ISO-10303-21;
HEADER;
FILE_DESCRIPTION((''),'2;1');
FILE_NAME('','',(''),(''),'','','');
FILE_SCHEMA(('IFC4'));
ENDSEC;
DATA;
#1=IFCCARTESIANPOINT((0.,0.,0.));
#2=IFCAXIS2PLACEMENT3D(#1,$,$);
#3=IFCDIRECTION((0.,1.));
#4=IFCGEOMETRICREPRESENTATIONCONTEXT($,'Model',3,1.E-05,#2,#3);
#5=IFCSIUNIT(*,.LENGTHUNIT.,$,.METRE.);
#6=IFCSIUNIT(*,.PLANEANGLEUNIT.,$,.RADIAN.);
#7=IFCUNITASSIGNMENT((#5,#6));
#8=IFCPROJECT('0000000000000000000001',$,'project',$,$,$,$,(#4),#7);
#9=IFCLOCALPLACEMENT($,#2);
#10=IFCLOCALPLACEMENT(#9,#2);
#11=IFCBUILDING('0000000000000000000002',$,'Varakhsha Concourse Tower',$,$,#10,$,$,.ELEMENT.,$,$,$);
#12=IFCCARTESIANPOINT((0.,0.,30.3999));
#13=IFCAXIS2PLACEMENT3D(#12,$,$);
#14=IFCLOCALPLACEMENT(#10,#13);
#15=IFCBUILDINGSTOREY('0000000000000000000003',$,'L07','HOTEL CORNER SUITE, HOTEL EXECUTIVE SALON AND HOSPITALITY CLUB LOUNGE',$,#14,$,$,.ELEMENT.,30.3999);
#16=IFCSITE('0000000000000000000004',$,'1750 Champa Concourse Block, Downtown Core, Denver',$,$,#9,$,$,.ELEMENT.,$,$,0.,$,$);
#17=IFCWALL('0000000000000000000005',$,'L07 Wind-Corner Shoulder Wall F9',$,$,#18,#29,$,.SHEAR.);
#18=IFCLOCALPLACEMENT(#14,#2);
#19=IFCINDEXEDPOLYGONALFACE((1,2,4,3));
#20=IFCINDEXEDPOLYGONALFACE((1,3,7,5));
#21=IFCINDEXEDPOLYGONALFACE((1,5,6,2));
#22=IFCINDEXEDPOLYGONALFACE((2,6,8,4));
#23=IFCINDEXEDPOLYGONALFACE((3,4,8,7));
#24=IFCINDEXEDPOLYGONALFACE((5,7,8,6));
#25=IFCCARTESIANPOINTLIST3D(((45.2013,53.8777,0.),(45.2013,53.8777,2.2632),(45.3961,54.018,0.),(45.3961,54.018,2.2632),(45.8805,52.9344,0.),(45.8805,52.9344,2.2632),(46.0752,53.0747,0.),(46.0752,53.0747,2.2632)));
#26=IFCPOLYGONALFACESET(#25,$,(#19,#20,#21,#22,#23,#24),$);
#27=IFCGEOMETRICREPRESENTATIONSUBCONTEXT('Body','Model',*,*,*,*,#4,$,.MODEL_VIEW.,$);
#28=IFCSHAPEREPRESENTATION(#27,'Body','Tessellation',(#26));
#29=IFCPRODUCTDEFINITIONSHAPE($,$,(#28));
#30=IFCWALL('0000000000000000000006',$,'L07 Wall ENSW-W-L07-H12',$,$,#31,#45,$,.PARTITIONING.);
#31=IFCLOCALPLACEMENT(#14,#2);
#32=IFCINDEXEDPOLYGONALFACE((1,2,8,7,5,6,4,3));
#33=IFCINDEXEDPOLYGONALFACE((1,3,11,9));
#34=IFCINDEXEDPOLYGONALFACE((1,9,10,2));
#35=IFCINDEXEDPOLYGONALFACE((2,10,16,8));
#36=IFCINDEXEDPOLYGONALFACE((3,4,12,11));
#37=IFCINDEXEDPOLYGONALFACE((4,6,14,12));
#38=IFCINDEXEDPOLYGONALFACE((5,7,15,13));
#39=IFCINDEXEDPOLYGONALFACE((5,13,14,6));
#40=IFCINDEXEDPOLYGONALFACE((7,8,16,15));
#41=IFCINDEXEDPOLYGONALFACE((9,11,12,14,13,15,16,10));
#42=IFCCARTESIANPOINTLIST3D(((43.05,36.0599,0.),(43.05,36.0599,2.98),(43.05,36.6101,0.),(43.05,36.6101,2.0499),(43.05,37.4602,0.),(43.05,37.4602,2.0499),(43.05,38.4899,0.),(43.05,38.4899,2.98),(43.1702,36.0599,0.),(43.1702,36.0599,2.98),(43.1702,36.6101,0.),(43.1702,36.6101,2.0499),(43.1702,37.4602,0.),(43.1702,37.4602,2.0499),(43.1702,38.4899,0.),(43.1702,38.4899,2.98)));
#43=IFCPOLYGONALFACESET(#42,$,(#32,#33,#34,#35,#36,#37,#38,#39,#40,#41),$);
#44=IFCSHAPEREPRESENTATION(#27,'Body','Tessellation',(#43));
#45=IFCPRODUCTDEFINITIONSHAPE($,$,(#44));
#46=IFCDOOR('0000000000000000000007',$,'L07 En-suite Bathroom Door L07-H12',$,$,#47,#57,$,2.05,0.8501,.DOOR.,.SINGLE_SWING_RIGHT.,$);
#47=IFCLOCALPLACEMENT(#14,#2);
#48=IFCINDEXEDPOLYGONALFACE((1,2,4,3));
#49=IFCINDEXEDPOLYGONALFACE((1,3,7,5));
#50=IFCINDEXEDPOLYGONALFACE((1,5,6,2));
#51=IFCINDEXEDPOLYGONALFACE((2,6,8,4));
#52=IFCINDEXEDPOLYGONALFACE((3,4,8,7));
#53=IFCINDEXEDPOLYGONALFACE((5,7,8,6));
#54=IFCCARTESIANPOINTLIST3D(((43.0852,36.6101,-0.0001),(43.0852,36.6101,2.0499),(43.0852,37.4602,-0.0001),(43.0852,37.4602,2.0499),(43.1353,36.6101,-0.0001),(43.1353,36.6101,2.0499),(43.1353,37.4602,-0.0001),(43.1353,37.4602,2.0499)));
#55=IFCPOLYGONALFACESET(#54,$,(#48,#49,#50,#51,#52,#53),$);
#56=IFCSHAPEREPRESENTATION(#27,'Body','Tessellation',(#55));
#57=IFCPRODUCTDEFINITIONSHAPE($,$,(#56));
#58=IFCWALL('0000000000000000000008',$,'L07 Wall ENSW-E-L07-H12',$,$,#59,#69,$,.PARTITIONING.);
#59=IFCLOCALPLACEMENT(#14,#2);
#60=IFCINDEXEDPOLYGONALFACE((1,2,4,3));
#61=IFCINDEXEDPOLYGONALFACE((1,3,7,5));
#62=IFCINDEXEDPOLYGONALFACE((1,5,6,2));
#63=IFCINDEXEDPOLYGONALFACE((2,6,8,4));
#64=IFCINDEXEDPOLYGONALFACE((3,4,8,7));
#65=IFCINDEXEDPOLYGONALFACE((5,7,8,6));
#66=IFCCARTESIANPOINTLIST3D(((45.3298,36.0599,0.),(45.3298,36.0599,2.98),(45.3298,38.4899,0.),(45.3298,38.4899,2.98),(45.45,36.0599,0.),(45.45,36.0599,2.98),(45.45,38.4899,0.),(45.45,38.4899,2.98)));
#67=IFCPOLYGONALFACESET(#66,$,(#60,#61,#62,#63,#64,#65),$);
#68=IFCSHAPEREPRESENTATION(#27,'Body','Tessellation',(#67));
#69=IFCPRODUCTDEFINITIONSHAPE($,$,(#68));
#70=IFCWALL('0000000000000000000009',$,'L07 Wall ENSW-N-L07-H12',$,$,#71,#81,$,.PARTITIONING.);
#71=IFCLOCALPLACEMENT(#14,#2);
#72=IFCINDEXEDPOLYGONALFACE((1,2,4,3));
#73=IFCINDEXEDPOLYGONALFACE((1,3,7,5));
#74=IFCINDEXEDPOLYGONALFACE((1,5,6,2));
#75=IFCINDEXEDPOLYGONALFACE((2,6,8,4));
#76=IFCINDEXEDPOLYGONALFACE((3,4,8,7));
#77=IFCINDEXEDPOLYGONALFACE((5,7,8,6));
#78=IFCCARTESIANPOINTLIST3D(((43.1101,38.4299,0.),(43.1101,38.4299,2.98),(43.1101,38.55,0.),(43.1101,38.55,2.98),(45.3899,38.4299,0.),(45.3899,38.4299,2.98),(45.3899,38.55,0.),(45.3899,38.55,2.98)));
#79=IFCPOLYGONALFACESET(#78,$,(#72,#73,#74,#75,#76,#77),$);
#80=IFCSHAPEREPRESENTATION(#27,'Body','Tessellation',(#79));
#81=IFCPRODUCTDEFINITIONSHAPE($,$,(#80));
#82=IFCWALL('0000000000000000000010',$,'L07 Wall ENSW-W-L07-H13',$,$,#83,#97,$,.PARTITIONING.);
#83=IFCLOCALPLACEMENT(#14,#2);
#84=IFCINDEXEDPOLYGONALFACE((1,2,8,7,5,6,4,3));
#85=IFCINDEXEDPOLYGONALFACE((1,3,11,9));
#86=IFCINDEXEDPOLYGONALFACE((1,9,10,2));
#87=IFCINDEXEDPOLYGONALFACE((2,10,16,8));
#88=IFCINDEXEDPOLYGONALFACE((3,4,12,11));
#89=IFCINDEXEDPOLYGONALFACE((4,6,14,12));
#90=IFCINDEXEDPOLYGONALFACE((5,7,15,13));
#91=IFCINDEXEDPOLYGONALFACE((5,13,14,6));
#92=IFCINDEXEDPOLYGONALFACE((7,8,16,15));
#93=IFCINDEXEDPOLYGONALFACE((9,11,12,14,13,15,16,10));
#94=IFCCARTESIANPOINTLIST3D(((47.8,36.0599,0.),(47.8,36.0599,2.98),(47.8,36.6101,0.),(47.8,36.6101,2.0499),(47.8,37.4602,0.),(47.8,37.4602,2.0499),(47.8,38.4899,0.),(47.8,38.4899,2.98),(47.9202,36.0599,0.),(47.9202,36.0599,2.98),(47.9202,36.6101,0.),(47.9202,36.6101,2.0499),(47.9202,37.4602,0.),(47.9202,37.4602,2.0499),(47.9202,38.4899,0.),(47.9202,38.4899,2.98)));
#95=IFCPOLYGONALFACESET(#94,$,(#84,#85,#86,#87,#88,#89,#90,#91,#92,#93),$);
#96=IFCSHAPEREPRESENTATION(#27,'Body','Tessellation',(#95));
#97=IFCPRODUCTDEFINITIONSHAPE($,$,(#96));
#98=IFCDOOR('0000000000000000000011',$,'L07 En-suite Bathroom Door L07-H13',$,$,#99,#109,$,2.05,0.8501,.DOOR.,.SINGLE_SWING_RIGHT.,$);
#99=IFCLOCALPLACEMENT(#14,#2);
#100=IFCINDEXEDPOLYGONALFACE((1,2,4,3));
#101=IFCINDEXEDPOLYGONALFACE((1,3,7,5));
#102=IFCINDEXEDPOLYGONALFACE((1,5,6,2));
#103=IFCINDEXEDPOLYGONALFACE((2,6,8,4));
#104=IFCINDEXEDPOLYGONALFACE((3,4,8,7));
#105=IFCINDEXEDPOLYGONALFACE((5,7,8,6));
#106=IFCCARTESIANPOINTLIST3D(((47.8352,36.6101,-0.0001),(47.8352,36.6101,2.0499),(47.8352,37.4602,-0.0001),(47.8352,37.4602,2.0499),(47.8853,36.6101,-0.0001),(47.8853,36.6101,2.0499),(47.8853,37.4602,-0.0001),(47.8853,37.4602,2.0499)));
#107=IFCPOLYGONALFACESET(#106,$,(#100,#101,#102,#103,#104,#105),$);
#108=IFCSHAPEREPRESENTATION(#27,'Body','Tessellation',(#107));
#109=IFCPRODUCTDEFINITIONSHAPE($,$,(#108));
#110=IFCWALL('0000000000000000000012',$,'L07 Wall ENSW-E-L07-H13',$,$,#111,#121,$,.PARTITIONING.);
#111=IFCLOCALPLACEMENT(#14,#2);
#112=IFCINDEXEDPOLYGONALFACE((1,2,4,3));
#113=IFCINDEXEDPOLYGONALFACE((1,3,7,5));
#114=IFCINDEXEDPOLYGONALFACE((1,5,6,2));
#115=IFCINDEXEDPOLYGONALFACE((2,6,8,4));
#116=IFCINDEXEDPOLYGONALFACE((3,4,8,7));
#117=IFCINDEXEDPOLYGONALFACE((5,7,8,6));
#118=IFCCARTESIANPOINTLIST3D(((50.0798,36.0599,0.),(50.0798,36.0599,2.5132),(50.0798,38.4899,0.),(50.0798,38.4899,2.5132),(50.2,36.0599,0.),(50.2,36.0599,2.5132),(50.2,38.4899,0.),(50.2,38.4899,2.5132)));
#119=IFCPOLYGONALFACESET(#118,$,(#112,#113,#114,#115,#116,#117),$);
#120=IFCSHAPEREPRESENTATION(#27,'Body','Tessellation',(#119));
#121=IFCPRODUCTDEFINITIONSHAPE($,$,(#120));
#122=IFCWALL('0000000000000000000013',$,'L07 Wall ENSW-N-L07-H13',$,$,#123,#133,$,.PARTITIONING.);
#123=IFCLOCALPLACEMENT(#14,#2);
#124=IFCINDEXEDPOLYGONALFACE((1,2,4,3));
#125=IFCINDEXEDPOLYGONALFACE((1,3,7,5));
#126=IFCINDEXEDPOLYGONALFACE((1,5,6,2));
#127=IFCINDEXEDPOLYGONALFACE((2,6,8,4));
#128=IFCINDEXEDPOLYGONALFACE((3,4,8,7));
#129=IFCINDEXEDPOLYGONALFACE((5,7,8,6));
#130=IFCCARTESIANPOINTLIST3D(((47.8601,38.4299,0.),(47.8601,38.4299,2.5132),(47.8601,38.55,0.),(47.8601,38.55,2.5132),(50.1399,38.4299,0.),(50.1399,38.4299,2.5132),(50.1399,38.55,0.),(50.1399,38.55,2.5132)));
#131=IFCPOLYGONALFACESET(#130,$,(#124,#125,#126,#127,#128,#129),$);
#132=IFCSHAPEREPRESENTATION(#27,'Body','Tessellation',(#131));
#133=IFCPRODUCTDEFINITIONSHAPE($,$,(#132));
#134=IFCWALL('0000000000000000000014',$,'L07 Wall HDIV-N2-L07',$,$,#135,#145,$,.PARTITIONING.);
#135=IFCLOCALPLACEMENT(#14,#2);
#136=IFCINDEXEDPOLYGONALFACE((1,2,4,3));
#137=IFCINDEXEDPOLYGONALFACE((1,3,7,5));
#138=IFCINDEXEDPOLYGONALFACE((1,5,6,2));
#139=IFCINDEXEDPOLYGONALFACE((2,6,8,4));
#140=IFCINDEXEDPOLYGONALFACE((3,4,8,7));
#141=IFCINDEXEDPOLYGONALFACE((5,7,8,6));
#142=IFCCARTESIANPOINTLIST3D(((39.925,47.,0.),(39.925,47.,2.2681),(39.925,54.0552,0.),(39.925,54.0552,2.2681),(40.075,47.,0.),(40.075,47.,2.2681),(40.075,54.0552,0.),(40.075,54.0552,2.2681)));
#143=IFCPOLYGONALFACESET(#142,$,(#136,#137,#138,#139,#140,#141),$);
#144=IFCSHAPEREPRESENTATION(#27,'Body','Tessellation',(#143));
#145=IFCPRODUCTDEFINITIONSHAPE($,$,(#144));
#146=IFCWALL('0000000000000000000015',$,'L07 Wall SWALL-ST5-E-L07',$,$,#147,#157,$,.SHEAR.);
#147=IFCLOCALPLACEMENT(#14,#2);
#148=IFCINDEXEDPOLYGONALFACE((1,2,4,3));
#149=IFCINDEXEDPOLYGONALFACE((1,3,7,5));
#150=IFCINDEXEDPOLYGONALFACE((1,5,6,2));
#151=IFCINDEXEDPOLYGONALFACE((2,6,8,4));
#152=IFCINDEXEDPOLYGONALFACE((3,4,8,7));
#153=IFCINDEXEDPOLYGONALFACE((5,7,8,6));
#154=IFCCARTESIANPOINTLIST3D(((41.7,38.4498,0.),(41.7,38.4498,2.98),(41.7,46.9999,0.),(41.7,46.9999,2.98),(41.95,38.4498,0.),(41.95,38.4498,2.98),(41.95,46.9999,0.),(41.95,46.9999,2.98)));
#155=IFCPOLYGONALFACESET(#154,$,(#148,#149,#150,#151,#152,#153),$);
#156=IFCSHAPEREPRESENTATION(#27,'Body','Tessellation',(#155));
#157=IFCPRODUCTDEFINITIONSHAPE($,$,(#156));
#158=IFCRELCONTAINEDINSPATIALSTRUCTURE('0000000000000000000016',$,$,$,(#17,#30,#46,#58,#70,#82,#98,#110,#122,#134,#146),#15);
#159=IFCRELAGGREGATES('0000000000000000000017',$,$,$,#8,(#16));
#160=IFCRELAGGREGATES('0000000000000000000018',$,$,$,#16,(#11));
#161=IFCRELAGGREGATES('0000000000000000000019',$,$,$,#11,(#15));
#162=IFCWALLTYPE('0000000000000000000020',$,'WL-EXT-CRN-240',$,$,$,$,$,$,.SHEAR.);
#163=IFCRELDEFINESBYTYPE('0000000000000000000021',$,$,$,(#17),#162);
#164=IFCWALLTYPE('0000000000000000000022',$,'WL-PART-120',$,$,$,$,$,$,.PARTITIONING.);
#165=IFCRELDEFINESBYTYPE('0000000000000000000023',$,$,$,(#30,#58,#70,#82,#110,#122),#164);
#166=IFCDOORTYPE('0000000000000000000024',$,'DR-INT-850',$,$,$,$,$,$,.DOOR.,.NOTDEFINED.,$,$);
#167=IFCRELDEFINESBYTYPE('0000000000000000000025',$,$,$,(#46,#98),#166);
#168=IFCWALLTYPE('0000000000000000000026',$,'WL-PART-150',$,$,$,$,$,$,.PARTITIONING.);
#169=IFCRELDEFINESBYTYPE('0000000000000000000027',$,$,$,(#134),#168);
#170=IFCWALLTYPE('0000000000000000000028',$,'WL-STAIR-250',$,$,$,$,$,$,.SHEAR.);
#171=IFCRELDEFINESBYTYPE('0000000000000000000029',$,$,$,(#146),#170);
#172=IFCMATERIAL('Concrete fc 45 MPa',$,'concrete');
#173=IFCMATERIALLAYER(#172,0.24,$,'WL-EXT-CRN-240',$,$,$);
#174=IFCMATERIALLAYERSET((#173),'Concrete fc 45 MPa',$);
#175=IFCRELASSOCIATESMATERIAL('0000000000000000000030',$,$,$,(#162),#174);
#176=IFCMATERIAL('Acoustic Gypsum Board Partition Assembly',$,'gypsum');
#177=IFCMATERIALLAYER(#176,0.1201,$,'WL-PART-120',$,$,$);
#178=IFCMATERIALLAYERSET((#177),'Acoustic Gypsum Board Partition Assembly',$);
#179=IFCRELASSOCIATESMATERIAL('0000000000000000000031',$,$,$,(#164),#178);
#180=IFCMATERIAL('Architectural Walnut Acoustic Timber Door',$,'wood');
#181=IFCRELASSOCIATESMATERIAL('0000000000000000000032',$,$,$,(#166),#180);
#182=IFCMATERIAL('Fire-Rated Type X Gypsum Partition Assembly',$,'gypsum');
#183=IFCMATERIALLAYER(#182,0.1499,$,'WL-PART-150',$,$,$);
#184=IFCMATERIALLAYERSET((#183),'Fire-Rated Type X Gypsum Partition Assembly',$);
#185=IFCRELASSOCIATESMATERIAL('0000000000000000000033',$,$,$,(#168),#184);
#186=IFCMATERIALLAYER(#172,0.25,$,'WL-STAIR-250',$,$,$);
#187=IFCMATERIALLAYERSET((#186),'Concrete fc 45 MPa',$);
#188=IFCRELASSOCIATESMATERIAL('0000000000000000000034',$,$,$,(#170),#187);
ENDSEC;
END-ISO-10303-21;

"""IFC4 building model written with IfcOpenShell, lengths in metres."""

from ifc_helpers import new_model, si_unit, direction, frame, frame_2d, origin, place, context, subcontext, project, spatial, rectangle, extrude, material, layer, layer_set, type_object, element, fill, save


model = new_model("IFC4")

# Units and contexts
model_context = context("Model", 3, precision=1e-05, world=origin(), true_north=direction((0.0, 1.0)))
body_context = subcontext(model_context, "Body", "Model", "MODEL_VIEW")
ifc_project = project(units=[si_unit("LENGTHUNIT", "METRE"), si_unit("PLANEANGLEUNIT", "RADIAN")], contexts=[model_context])

# Site, building, storey
site_placement = place(None, origin())
site = spatial("IfcSite", under=ifc_project, at=site_placement, Name="1750 Champa Concourse Block, Downtown Core, Denver", CompositionType="ELEMENT", RefElevation=0.0)
building_placement = place(site_placement, origin())
building = spatial("IfcBuilding", under=site, at=building_placement, Name="Varakhsha Concourse Tower", CompositionType="ELEMENT")
storey_placement = place(building_placement, frame((0.0, 0.0, 30.3999)))
storey = spatial("IfcBuildingStorey", under=building, at=storey_placement, Name="L07", Description="HOTEL CORNER SUITE, HOTEL EXECUTIVE SALON AND HOSPITALITY CLUB LOUNGE", CompositionType="ELEMENT", Elevation=30.3999)

# Wall
ifc_material_1 = material(Name="Concrete fc 45 MPa", Category="concrete")
ifc_layer_1 = layer(ifc_material_1, 0.24, Name="WL-EXT-CRN-240")
ifc_layer_set_1 = layer_set([ifc_layer_1], Name="Concrete fc 45 MPa")
wall_type_1 = type_object("IfcWallType", Name="WL-EXT-CRN-240", PredefinedType="SHEAR", material=ifc_layer_set_1)
wall_1_placement = place(storey_placement, frame((45.9778, 53.0046, 0.0), z_axis=(0.0, 0.0, 1.0), x_axis=(-0.584294, 0.811542, 0.0)))
element("IfcWall", 1, at=wall_1_placement, inside=storey, type_object=wall_type_1, Name="L07 Wind-Corner Shoulder Wall F9", PredefinedType="SHEAR", context=body_context, shape_type="SweptSolid", body=[
    extrude(rectangle(XDim=1.1624, YDim=0.24, at=frame_2d((0.5811, 0.0))), origin(), (0.0, 0.0, 1.0), 2.2632),
])

# Wall, opening, door
ifc_material_2 = material(Name="Acoustic Gypsum Board Partition Assembly", Category="gypsum")
ifc_layer_2 = layer(ifc_material_2, 0.1201, Name="WL-PART-120")
ifc_layer_set_2 = layer_set([ifc_layer_2], Name="Acoustic Gypsum Board Partition Assembly")
wall_type_2 = type_object("IfcWallType", Name="WL-PART-120", PredefinedType="PARTITIONING", material=ifc_layer_set_2)
wall_2_placement = place(storey_placement, frame((43.1101, 36.0601, 0.0), z_axis=(0.0, 0.0, 1.0), x_axis=(0.0, 1.0, 0.0)))
wall_2 = element("IfcWall", 2, at=wall_2_placement, inside=storey, type_object=wall_type_2, Name="L07 Wall ENSW-W-L07-H12", PredefinedType="PARTITIONING", context=body_context, shape_type="SweptSolid", body=[
    extrude(rectangle(XDim=2.4299, YDim=0.1201, at=frame_2d((1.2148, 0.0))), origin(), (0.0, 0.0, 1.0), 2.98),
])
opening_1_placement = place(wall_2_placement, frame((0.55, 0.0, 0.0)))
opening_1 = element("IfcOpeningElement", 3, at=opening_1_placement, cuts=wall_2, PredefinedType="OPENING", context=body_context, shape_type="SweptSolid", body=[
    extrude(rectangle(XDim=0.8501, YDim=2.05, at=frame_2d((0.425, 1.0249))), frame((0.0, 0.0701, 0.0), z_axis=(0.0, -1.0, 0.0), x_axis=(1.0, 0.0, 0.0)), (0.0, 0.0, 1.0), 0.1401),
])
ifc_material_3 = material(Name="Architectural Walnut Acoustic Timber Door", Category="wood")
door_type = type_object("IfcDoorType", Name="DR-INT-850", OperationType="NOTDEFINED", PredefinedType="DOOR", material=ifc_material_3)
door_1_placement = place(opening_1_placement, origin())
door_1 = element("IfcDoor", 4, at=door_1_placement, inside=storey, type_object=door_type, Name="L07 En-suite Bathroom Door L07-H12", OperationType="SINGLE_SWING_RIGHT", OverallHeight=2.05, OverallWidth=0.8501, PredefinedType="DOOR", context=body_context, shape_type="SweptSolid", body=[
    extrude(rectangle(XDim=0.8501, YDim=2.05, at=frame_2d((0.425, 1.0249))), frame((0.0, 0.0249, 0.0), z_axis=(0.0, -1.0, 0.0), x_axis=(1.0, 0.0, 0.0)), (0.0, 0.0, 1.0), 0.05),
])
fill(opening_1, door_1)

# Walls
wall_3_placement = place(storey_placement, frame((45.3899, 36.0601, 0.0), z_axis=(0.0, 0.0, 1.0), x_axis=(0.0, 1.0, 0.0)))
element("IfcWall", 5, at=wall_3_placement, inside=storey, type_object=wall_type_2, Name="L07 Wall ENSW-E-L07-H12", PredefinedType="PARTITIONING", context=body_context, shape_type="SweptSolid", body=[
    extrude(rectangle(XDim=2.4299, YDim=0.1201, at=frame_2d((1.2148, 0.0))), origin(), (0.0, 0.0, 1.0), 2.98),
])
wall_4_placement = place(storey_placement, frame((43.1101, 38.49, 0.0), z_axis=(0.0, 0.0, 1.0), x_axis=(1.0, 0.0, 0.0)))
element("IfcWall", 6, at=wall_4_placement, inside=storey, type_object=wall_type_2, Name="L07 Wall ENSW-N-L07-H12", PredefinedType="PARTITIONING", context=body_context, shape_type="SweptSolid", body=[
    extrude(rectangle(XDim=2.2798, YDim=0.1201, at=frame_2d((1.1399, 0.0))), origin(), (0.0, 0.0, 1.0), 2.98),
])

# Wall, opening, door
wall_5_placement = place(storey_placement, frame((47.8601, 36.0601, 0.0), z_axis=(0.0, 0.0, 1.0), x_axis=(0.0, 1.0, 0.0)))
wall_5 = element("IfcWall", 7, at=wall_5_placement, inside=storey, type_object=wall_type_2, Name="L07 Wall ENSW-W-L07-H13", PredefinedType="PARTITIONING", context=body_context, shape_type="SweptSolid", body=[
    extrude(rectangle(XDim=2.4299, YDim=0.1201, at=frame_2d((1.2148, 0.0))), origin(), (0.0, 0.0, 1.0), 2.98),
])
opening_2_placement = place(wall_5_placement, frame((0.55, 0.0, 0.0)))
opening_2 = element("IfcOpeningElement", 8, at=opening_2_placement, cuts=wall_5, PredefinedType="OPENING", context=body_context, shape_type="SweptSolid", body=[
    extrude(rectangle(XDim=0.8501, YDim=2.05, at=frame_2d((0.425, 1.0249))), frame((0.0, 0.0701, 0.0), z_axis=(0.0, -1.0, 0.0), x_axis=(1.0, 0.0, 0.0)), (0.0, 0.0, 1.0), 0.1401),
])
door_2_placement = place(opening_2_placement, origin())
door_2 = element("IfcDoor", 9, at=door_2_placement, inside=storey, type_object=door_type, Name="L07 En-suite Bathroom Door L07-H13", OperationType="SINGLE_SWING_RIGHT", OverallHeight=2.05, OverallWidth=0.8501, PredefinedType="DOOR", context=body_context, shape_type="SweptSolid", body=[
    extrude(rectangle(XDim=0.8501, YDim=2.05, at=frame_2d((0.425, 1.0249))), frame((0.0, 0.0249, 0.0), z_axis=(0.0, -1.0, 0.0), x_axis=(1.0, 0.0, 0.0)), (0.0, 0.0, 1.0), 0.05),
])
fill(opening_2, door_2)

# Walls
wall_6_placement = place(storey_placement, frame((50.1399, 36.0601, 0.0), z_axis=(0.0, 0.0, 1.0), x_axis=(0.0, 1.0, 0.0)))
element("IfcWall", 10, at=wall_6_placement, inside=storey, type_object=wall_type_2, Name="L07 Wall ENSW-E-L07-H13", PredefinedType="PARTITIONING", context=body_context, shape_type="SweptSolid", body=[
    extrude(rectangle(XDim=2.4299, YDim=0.1201, at=frame_2d((1.2148, 0.0))), origin(), (0.0, 0.0, 1.0), 2.5132),
])
wall_7_placement = place(storey_placement, frame((47.8601, 38.49, 0.0), z_axis=(0.0, 0.0, 1.0), x_axis=(1.0, 0.0, 0.0)))
element("IfcWall", 11, at=wall_7_placement, inside=storey, type_object=wall_type_2, Name="L07 Wall ENSW-N-L07-H13", PredefinedType="PARTITIONING", context=body_context, shape_type="SweptSolid", body=[
    extrude(rectangle(XDim=2.2798, YDim=0.1201, at=frame_2d((1.1399, 0.0))), origin(), (0.0, 0.0, 1.0), 2.5132),
])
ifc_material_4 = material(Name="Fire-Rated Type X Gypsum Partition Assembly", Category="gypsum")
ifc_layer_3 = layer(ifc_material_4, 0.1499, Name="WL-PART-150")
ifc_layer_set_3 = layer_set([ifc_layer_3], Name="Fire-Rated Type X Gypsum Partition Assembly")
wall_type_3 = type_object("IfcWallType", Name="WL-PART-150", PredefinedType="PARTITIONING", material=ifc_layer_set_3)
wall_8_placement = place(storey_placement, frame((40.0, 47.0, 0.0), z_axis=(0.0, 0.0, 1.0), x_axis=(0.0, 1.0, 0.0)))
element("IfcWall", 12, at=wall_8_placement, inside=storey, type_object=wall_type_3, Name="L07 Wall HDIV-N2-L07", PredefinedType="PARTITIONING", context=body_context, shape_type="SweptSolid", body=[
    extrude(rectangle(XDim=7.0552, YDim=0.1499, at=frame_2d((3.5276, 0.0))), origin(), (0.0, 0.0, 1.0), 2.2681),
])
ifc_layer_4 = layer(ifc_material_1, 0.25, Name="WL-STAIR-250")
ifc_layer_set_4 = layer_set([ifc_layer_4], Name="Concrete fc 45 MPa")
wall_type_4 = type_object("IfcWallType", Name="WL-STAIR-250", PredefinedType="SHEAR", material=ifc_layer_set_4)
wall_9_placement = place(storey_placement, frame((41.825, 38.45, 0.0), z_axis=(0.0, 0.0, 1.0), x_axis=(0.0, 1.0, 0.0)))
element("IfcWall", 13, at=wall_9_placement, inside=storey, type_object=wall_type_4, Name="L07 Wall SWALL-ST5-E-L07", PredefinedType="SHEAR", context=body_context, shape_type="SweptSolid", body=[
    extrude(rectangle(XDim=8.55, YDim=0.25, at=frame_2d((4.2749, 0.0))), origin(), (0.0, 0.0, 1.0), 2.98),
])

save(model, "model.ifc")
